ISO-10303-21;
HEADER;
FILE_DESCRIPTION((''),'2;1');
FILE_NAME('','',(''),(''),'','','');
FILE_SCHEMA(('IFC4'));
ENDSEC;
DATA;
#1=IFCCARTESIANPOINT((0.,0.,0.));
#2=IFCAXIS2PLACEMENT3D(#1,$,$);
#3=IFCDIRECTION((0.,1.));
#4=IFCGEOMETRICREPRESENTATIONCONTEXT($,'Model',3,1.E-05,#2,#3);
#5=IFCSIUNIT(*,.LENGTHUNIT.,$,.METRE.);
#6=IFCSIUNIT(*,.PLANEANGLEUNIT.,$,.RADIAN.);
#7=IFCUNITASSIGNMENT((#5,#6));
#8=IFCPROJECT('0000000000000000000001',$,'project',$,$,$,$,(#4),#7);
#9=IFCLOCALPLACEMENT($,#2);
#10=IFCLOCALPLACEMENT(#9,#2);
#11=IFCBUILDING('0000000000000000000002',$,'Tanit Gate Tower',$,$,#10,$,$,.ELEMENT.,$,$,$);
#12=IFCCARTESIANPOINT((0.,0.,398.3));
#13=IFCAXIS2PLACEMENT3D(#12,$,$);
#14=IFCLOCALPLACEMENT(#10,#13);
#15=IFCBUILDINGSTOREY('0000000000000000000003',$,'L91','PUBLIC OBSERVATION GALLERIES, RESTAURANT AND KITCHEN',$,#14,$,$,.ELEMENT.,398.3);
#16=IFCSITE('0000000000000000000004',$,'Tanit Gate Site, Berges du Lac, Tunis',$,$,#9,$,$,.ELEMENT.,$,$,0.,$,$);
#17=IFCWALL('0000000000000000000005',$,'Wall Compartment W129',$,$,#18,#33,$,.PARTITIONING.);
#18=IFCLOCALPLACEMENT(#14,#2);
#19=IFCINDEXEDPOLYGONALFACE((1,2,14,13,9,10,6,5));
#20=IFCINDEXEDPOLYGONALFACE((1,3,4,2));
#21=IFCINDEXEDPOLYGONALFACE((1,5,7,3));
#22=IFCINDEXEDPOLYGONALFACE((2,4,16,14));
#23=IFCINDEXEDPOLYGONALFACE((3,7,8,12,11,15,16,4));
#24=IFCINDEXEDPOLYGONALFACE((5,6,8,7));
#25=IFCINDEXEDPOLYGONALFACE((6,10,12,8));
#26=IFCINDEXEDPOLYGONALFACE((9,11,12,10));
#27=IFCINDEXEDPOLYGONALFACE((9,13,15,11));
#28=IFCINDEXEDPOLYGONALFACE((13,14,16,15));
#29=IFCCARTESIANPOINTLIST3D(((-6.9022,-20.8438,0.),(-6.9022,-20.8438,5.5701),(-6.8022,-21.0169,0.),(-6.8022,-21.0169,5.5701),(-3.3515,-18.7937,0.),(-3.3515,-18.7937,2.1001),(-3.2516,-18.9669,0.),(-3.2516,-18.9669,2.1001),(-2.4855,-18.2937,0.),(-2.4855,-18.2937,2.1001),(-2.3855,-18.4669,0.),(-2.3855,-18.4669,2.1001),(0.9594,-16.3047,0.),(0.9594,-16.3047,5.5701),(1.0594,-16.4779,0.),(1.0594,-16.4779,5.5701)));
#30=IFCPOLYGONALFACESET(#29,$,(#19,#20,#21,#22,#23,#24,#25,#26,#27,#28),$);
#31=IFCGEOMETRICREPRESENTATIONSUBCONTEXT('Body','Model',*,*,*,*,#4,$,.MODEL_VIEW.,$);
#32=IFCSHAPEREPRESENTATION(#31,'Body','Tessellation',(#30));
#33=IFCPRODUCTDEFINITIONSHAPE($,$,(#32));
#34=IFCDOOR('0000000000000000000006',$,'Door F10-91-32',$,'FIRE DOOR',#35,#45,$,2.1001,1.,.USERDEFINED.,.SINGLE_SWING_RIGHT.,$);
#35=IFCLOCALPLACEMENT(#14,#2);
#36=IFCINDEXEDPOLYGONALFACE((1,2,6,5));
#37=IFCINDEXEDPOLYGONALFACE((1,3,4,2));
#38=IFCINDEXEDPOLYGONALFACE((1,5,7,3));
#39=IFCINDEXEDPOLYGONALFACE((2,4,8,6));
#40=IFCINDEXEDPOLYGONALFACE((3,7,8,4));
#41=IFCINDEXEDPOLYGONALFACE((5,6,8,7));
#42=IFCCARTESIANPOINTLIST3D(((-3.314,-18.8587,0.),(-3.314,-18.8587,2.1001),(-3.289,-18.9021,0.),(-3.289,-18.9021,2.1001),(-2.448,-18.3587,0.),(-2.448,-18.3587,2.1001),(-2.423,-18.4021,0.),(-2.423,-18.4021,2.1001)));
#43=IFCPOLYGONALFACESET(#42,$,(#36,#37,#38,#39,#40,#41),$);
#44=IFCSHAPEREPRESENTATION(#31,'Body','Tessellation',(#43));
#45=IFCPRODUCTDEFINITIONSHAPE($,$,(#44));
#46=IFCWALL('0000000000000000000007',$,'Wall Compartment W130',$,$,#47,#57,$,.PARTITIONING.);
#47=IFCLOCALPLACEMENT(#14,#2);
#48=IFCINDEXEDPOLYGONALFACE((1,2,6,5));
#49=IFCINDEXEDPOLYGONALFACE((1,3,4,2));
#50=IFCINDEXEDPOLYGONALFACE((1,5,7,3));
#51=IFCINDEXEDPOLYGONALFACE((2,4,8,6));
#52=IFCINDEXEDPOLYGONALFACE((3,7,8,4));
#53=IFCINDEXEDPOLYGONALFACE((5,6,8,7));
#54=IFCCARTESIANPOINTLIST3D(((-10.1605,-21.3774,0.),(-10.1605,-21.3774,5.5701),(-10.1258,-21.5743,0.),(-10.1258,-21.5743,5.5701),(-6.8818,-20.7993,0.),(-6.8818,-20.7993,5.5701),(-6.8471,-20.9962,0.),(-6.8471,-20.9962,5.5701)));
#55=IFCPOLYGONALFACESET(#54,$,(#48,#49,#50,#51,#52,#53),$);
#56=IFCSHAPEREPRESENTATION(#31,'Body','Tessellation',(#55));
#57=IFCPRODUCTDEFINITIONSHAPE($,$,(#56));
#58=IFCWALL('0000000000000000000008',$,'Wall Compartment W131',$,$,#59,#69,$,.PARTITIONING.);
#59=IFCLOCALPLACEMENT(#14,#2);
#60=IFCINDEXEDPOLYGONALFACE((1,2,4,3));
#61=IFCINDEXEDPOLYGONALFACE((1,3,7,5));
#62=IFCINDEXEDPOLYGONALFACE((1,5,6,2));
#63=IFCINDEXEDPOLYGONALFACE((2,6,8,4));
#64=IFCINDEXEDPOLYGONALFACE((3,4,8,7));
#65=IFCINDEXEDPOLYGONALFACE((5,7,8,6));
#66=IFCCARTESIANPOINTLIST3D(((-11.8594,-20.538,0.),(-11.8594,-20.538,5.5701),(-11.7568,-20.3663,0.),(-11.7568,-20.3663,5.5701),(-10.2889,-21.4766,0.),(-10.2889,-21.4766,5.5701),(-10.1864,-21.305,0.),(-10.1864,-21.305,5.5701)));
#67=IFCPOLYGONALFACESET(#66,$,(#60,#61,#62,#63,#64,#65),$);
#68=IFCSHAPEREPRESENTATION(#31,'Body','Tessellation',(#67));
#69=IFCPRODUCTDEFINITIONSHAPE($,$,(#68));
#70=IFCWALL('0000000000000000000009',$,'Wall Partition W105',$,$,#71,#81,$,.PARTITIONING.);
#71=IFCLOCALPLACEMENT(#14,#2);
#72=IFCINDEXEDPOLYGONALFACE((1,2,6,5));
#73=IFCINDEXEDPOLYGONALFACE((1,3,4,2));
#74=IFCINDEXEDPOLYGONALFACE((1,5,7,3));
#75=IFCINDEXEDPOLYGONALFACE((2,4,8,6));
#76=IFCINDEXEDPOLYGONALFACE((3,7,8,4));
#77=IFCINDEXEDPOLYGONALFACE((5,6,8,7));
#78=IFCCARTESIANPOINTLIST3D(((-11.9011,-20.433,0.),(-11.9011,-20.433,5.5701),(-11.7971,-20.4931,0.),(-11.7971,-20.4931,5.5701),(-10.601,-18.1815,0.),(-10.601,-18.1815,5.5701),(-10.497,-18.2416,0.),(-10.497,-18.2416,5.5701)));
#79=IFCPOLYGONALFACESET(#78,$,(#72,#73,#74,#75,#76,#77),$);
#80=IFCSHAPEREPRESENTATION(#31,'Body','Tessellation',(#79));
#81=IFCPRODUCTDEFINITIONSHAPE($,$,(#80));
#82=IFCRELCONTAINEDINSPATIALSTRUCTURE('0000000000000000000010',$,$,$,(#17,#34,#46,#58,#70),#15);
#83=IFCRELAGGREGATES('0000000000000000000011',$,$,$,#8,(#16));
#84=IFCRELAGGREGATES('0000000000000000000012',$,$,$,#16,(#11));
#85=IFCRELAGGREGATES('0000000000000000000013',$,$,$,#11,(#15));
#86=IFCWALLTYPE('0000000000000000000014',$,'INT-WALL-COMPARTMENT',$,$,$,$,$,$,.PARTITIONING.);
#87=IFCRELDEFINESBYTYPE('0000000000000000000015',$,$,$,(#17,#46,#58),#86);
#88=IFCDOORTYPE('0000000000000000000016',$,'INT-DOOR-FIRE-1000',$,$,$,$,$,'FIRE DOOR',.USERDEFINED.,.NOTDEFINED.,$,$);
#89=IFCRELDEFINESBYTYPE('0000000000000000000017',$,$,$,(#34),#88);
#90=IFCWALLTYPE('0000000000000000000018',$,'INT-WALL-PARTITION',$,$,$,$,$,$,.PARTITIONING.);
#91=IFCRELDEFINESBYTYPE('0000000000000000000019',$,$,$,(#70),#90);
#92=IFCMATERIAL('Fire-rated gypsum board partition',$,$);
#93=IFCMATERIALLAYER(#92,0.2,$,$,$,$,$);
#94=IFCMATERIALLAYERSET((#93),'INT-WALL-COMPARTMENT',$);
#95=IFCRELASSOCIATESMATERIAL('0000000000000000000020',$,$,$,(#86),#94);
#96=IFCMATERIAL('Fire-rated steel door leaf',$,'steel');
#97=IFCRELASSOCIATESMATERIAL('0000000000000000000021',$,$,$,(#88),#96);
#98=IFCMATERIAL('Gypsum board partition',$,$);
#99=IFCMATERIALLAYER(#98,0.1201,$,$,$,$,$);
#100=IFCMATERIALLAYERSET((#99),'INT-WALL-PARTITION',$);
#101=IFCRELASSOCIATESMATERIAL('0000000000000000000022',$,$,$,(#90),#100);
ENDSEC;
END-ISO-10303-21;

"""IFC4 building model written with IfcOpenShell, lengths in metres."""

from ifc_helpers import new_model, si_unit, direction, frame, frame_2d, origin, place, context, subcontext, project, spatial, rectangle, extrude, material, layer, layer_set, type_object, element, fill, save


model = new_model("IFC4")

# Units and contexts
model_context = context("Model", 3, precision=1e-05, world=origin(), true_north=direction((0.0, 1.0)))
body_context = subcontext(model_context, "Body", "Model", "MODEL_VIEW")
ifc_project = project(units=[si_unit("LENGTHUNIT", "METRE"), si_unit("PLANEANGLEUNIT", "RADIAN")], contexts=[model_context])

# Site, building, storey
site_placement = place(None, origin())
site = spatial("IfcSite", under=ifc_project, at=site_placement, Name="Tanit Gate Site, Berges du Lac, Tunis", CompositionType="ELEMENT", RefElevation=0.0)
building_placement = place(site_placement, origin())
building = spatial("IfcBuilding", under=site, at=building_placement, Name="Tanit Gate Tower", CompositionType="ELEMENT")
storey_placement = place(building_placement, frame((0.0, 0.0, 398.3)))
storey = spatial("IfcBuildingStorey", under=building, at=storey_placement, Name="L91", Description="PUBLIC OBSERVATION GALLERIES, RESTAURANT AND KITCHEN", CompositionType="ELEMENT", Elevation=398.3)

# Shared definitions
ifc_material_1 = material(Name="Fire-rated gypsum board partition")
ifc_layer_1 = layer(ifc_material_1, 0.2)
ifc_layer_set_1 = layer_set([ifc_layer_1], Name="INT-WALL-COMPARTMENT")
wall_type_1 = type_object("IfcWallType", Name="INT-WALL-COMPARTMENT", PredefinedType="PARTITIONING", material=ifc_layer_set_1)

# Wall, opening, door
wall_1_placement = place(storey_placement, frame((-6.8523, -20.9304, 0.0), z_axis=(0.0, 0.0, 1.0), x_axis=(0.866017, 0.500015, 0.0)))
wall_1 = element("IfcWall", 1, at=wall_1_placement, inside=storey, type_object=wall_type_1, Name="Wall Compartment W129", PredefinedType="PARTITIONING", context=body_context, shape_type="SweptSolid", body=[
    extrude(rectangle(XDim=9.0779, YDim=0.2, at=frame_2d((4.5391, 0.0))), origin(), (0.0, 0.0, 1.0), 5.5701),
])
opening_1_placement = place(wall_1_placement, frame((4.1001, 0.0, 0.0)))
opening_1 = element("IfcOpeningElement", 2, at=opening_1_placement, cuts=wall_1, PredefinedType="OPENING", context=body_context, shape_type="SweptSolid", body=[
    extrude(rectangle(XDim=1.0, YDim=2.1001, at=frame_2d((0.5, 1.05))), frame((0.0, 0.1099, 0.0), z_axis=(0.0, -1.0, 0.0), x_axis=(1.0, 0.0, 0.0)), (0.0, 0.0, 1.0), 0.22),
])
ifc_material_2 = material(Name="Fire-rated steel door leaf", Category="steel")
door_type_1 = type_object("IfcDoorType", Name="INT-DOOR-FIRE-1000", ElementType="FIRE DOOR", OperationType="NOTDEFINED", PredefinedType="USERDEFINED", material=ifc_material_2)
door_1_placement = place(opening_1_placement, origin())
door_1 = element("IfcDoor", 3, at=door_1_placement, inside=storey, type_object=door_type_1, Name="Door F10-91-32", ObjectType="FIRE DOOR", OperationType="SINGLE_SWING_RIGHT", OverallHeight=2.1001, OverallWidth=1.0, PredefinedType="USERDEFINED", context=body_context, shape_type="SweptSolid", body=[
    extrude(rectangle(XDim=1.0, YDim=2.1001, at=frame_2d((0.5, 1.05))), frame((0.0, 0.0249, 0.0), z_axis=(0.0, -1.0, 0.0), x_axis=(1.0, 0.0, 0.0)), (0.0, 0.0, 1.0), 0.05),
])
fill(opening_1, door_1)

# Walls
wall_2_placement = place(storey_placement, frame((-10.1431, -21.4758, 0.0), z_axis=(0.0, 0.0, 1.0), x_axis=(0.984809, 0.173643, 0.0)))
element("IfcWall", 4, at=wall_2_placement, inside=storey, type_object=wall_type_1, Name="Wall Compartment W130", PredefinedType="PARTITIONING", context=body_context, shape_type="SweptSolid", body=[
    extrude(rectangle(XDim=3.3293, YDim=0.2, at=frame_2d((1.6646, 0.0))), origin(), (0.0, 0.0, 1.0), 5.5701),
])
wall_3_placement = place(storey_placement, frame((-11.8081, -20.4521, 0.0), z_axis=(0.0, 0.0, 1.0), x_axis=(0.858363, -0.513043, 0.0)))
element("IfcWall", 5, at=wall_3_placement, inside=storey, type_object=wall_type_1, Name="Wall Compartment W131", PredefinedType="PARTITIONING", context=body_context, shape_type="SweptSolid", body=[
    extrude(rectangle(XDim=1.8296, YDim=0.2, at=frame_2d((0.9148, 0.0))), origin(), (0.0, 0.0, 1.0), 5.5701),
])
ifc_material_3 = material(Name="Gypsum board partition")
ifc_layer_2 = layer(ifc_material_3, 0.1201)
ifc_layer_set_2 = layer_set([ifc_layer_2], Name="INT-WALL-PARTITION")
wall_type_2 = type_object("IfcWallType", Name="INT-WALL-PARTITION", PredefinedType="PARTITIONING", material=ifc_layer_set_2)
wall_4_placement = place(storey_placement, frame((-10.5491, -18.2117, 0.0), z_axis=(0.0, 0.0, 1.0), x_axis=(-0.500048, -0.865998, 0.0)))
element("IfcWall", 6, at=wall_4_placement, inside=storey, type_object=wall_type_2, Name="Wall Partition W105", PredefinedType="PARTITIONING", context=body_context, shape_type="SweptSolid", body=[
    extrude(rectangle(XDim=2.5999, YDim=0.1201, at=frame_2d((1.2998, 0.0))), origin(), (0.0, 0.0, 1.0), 5.5701),
])

save(model, "model.ifc")
